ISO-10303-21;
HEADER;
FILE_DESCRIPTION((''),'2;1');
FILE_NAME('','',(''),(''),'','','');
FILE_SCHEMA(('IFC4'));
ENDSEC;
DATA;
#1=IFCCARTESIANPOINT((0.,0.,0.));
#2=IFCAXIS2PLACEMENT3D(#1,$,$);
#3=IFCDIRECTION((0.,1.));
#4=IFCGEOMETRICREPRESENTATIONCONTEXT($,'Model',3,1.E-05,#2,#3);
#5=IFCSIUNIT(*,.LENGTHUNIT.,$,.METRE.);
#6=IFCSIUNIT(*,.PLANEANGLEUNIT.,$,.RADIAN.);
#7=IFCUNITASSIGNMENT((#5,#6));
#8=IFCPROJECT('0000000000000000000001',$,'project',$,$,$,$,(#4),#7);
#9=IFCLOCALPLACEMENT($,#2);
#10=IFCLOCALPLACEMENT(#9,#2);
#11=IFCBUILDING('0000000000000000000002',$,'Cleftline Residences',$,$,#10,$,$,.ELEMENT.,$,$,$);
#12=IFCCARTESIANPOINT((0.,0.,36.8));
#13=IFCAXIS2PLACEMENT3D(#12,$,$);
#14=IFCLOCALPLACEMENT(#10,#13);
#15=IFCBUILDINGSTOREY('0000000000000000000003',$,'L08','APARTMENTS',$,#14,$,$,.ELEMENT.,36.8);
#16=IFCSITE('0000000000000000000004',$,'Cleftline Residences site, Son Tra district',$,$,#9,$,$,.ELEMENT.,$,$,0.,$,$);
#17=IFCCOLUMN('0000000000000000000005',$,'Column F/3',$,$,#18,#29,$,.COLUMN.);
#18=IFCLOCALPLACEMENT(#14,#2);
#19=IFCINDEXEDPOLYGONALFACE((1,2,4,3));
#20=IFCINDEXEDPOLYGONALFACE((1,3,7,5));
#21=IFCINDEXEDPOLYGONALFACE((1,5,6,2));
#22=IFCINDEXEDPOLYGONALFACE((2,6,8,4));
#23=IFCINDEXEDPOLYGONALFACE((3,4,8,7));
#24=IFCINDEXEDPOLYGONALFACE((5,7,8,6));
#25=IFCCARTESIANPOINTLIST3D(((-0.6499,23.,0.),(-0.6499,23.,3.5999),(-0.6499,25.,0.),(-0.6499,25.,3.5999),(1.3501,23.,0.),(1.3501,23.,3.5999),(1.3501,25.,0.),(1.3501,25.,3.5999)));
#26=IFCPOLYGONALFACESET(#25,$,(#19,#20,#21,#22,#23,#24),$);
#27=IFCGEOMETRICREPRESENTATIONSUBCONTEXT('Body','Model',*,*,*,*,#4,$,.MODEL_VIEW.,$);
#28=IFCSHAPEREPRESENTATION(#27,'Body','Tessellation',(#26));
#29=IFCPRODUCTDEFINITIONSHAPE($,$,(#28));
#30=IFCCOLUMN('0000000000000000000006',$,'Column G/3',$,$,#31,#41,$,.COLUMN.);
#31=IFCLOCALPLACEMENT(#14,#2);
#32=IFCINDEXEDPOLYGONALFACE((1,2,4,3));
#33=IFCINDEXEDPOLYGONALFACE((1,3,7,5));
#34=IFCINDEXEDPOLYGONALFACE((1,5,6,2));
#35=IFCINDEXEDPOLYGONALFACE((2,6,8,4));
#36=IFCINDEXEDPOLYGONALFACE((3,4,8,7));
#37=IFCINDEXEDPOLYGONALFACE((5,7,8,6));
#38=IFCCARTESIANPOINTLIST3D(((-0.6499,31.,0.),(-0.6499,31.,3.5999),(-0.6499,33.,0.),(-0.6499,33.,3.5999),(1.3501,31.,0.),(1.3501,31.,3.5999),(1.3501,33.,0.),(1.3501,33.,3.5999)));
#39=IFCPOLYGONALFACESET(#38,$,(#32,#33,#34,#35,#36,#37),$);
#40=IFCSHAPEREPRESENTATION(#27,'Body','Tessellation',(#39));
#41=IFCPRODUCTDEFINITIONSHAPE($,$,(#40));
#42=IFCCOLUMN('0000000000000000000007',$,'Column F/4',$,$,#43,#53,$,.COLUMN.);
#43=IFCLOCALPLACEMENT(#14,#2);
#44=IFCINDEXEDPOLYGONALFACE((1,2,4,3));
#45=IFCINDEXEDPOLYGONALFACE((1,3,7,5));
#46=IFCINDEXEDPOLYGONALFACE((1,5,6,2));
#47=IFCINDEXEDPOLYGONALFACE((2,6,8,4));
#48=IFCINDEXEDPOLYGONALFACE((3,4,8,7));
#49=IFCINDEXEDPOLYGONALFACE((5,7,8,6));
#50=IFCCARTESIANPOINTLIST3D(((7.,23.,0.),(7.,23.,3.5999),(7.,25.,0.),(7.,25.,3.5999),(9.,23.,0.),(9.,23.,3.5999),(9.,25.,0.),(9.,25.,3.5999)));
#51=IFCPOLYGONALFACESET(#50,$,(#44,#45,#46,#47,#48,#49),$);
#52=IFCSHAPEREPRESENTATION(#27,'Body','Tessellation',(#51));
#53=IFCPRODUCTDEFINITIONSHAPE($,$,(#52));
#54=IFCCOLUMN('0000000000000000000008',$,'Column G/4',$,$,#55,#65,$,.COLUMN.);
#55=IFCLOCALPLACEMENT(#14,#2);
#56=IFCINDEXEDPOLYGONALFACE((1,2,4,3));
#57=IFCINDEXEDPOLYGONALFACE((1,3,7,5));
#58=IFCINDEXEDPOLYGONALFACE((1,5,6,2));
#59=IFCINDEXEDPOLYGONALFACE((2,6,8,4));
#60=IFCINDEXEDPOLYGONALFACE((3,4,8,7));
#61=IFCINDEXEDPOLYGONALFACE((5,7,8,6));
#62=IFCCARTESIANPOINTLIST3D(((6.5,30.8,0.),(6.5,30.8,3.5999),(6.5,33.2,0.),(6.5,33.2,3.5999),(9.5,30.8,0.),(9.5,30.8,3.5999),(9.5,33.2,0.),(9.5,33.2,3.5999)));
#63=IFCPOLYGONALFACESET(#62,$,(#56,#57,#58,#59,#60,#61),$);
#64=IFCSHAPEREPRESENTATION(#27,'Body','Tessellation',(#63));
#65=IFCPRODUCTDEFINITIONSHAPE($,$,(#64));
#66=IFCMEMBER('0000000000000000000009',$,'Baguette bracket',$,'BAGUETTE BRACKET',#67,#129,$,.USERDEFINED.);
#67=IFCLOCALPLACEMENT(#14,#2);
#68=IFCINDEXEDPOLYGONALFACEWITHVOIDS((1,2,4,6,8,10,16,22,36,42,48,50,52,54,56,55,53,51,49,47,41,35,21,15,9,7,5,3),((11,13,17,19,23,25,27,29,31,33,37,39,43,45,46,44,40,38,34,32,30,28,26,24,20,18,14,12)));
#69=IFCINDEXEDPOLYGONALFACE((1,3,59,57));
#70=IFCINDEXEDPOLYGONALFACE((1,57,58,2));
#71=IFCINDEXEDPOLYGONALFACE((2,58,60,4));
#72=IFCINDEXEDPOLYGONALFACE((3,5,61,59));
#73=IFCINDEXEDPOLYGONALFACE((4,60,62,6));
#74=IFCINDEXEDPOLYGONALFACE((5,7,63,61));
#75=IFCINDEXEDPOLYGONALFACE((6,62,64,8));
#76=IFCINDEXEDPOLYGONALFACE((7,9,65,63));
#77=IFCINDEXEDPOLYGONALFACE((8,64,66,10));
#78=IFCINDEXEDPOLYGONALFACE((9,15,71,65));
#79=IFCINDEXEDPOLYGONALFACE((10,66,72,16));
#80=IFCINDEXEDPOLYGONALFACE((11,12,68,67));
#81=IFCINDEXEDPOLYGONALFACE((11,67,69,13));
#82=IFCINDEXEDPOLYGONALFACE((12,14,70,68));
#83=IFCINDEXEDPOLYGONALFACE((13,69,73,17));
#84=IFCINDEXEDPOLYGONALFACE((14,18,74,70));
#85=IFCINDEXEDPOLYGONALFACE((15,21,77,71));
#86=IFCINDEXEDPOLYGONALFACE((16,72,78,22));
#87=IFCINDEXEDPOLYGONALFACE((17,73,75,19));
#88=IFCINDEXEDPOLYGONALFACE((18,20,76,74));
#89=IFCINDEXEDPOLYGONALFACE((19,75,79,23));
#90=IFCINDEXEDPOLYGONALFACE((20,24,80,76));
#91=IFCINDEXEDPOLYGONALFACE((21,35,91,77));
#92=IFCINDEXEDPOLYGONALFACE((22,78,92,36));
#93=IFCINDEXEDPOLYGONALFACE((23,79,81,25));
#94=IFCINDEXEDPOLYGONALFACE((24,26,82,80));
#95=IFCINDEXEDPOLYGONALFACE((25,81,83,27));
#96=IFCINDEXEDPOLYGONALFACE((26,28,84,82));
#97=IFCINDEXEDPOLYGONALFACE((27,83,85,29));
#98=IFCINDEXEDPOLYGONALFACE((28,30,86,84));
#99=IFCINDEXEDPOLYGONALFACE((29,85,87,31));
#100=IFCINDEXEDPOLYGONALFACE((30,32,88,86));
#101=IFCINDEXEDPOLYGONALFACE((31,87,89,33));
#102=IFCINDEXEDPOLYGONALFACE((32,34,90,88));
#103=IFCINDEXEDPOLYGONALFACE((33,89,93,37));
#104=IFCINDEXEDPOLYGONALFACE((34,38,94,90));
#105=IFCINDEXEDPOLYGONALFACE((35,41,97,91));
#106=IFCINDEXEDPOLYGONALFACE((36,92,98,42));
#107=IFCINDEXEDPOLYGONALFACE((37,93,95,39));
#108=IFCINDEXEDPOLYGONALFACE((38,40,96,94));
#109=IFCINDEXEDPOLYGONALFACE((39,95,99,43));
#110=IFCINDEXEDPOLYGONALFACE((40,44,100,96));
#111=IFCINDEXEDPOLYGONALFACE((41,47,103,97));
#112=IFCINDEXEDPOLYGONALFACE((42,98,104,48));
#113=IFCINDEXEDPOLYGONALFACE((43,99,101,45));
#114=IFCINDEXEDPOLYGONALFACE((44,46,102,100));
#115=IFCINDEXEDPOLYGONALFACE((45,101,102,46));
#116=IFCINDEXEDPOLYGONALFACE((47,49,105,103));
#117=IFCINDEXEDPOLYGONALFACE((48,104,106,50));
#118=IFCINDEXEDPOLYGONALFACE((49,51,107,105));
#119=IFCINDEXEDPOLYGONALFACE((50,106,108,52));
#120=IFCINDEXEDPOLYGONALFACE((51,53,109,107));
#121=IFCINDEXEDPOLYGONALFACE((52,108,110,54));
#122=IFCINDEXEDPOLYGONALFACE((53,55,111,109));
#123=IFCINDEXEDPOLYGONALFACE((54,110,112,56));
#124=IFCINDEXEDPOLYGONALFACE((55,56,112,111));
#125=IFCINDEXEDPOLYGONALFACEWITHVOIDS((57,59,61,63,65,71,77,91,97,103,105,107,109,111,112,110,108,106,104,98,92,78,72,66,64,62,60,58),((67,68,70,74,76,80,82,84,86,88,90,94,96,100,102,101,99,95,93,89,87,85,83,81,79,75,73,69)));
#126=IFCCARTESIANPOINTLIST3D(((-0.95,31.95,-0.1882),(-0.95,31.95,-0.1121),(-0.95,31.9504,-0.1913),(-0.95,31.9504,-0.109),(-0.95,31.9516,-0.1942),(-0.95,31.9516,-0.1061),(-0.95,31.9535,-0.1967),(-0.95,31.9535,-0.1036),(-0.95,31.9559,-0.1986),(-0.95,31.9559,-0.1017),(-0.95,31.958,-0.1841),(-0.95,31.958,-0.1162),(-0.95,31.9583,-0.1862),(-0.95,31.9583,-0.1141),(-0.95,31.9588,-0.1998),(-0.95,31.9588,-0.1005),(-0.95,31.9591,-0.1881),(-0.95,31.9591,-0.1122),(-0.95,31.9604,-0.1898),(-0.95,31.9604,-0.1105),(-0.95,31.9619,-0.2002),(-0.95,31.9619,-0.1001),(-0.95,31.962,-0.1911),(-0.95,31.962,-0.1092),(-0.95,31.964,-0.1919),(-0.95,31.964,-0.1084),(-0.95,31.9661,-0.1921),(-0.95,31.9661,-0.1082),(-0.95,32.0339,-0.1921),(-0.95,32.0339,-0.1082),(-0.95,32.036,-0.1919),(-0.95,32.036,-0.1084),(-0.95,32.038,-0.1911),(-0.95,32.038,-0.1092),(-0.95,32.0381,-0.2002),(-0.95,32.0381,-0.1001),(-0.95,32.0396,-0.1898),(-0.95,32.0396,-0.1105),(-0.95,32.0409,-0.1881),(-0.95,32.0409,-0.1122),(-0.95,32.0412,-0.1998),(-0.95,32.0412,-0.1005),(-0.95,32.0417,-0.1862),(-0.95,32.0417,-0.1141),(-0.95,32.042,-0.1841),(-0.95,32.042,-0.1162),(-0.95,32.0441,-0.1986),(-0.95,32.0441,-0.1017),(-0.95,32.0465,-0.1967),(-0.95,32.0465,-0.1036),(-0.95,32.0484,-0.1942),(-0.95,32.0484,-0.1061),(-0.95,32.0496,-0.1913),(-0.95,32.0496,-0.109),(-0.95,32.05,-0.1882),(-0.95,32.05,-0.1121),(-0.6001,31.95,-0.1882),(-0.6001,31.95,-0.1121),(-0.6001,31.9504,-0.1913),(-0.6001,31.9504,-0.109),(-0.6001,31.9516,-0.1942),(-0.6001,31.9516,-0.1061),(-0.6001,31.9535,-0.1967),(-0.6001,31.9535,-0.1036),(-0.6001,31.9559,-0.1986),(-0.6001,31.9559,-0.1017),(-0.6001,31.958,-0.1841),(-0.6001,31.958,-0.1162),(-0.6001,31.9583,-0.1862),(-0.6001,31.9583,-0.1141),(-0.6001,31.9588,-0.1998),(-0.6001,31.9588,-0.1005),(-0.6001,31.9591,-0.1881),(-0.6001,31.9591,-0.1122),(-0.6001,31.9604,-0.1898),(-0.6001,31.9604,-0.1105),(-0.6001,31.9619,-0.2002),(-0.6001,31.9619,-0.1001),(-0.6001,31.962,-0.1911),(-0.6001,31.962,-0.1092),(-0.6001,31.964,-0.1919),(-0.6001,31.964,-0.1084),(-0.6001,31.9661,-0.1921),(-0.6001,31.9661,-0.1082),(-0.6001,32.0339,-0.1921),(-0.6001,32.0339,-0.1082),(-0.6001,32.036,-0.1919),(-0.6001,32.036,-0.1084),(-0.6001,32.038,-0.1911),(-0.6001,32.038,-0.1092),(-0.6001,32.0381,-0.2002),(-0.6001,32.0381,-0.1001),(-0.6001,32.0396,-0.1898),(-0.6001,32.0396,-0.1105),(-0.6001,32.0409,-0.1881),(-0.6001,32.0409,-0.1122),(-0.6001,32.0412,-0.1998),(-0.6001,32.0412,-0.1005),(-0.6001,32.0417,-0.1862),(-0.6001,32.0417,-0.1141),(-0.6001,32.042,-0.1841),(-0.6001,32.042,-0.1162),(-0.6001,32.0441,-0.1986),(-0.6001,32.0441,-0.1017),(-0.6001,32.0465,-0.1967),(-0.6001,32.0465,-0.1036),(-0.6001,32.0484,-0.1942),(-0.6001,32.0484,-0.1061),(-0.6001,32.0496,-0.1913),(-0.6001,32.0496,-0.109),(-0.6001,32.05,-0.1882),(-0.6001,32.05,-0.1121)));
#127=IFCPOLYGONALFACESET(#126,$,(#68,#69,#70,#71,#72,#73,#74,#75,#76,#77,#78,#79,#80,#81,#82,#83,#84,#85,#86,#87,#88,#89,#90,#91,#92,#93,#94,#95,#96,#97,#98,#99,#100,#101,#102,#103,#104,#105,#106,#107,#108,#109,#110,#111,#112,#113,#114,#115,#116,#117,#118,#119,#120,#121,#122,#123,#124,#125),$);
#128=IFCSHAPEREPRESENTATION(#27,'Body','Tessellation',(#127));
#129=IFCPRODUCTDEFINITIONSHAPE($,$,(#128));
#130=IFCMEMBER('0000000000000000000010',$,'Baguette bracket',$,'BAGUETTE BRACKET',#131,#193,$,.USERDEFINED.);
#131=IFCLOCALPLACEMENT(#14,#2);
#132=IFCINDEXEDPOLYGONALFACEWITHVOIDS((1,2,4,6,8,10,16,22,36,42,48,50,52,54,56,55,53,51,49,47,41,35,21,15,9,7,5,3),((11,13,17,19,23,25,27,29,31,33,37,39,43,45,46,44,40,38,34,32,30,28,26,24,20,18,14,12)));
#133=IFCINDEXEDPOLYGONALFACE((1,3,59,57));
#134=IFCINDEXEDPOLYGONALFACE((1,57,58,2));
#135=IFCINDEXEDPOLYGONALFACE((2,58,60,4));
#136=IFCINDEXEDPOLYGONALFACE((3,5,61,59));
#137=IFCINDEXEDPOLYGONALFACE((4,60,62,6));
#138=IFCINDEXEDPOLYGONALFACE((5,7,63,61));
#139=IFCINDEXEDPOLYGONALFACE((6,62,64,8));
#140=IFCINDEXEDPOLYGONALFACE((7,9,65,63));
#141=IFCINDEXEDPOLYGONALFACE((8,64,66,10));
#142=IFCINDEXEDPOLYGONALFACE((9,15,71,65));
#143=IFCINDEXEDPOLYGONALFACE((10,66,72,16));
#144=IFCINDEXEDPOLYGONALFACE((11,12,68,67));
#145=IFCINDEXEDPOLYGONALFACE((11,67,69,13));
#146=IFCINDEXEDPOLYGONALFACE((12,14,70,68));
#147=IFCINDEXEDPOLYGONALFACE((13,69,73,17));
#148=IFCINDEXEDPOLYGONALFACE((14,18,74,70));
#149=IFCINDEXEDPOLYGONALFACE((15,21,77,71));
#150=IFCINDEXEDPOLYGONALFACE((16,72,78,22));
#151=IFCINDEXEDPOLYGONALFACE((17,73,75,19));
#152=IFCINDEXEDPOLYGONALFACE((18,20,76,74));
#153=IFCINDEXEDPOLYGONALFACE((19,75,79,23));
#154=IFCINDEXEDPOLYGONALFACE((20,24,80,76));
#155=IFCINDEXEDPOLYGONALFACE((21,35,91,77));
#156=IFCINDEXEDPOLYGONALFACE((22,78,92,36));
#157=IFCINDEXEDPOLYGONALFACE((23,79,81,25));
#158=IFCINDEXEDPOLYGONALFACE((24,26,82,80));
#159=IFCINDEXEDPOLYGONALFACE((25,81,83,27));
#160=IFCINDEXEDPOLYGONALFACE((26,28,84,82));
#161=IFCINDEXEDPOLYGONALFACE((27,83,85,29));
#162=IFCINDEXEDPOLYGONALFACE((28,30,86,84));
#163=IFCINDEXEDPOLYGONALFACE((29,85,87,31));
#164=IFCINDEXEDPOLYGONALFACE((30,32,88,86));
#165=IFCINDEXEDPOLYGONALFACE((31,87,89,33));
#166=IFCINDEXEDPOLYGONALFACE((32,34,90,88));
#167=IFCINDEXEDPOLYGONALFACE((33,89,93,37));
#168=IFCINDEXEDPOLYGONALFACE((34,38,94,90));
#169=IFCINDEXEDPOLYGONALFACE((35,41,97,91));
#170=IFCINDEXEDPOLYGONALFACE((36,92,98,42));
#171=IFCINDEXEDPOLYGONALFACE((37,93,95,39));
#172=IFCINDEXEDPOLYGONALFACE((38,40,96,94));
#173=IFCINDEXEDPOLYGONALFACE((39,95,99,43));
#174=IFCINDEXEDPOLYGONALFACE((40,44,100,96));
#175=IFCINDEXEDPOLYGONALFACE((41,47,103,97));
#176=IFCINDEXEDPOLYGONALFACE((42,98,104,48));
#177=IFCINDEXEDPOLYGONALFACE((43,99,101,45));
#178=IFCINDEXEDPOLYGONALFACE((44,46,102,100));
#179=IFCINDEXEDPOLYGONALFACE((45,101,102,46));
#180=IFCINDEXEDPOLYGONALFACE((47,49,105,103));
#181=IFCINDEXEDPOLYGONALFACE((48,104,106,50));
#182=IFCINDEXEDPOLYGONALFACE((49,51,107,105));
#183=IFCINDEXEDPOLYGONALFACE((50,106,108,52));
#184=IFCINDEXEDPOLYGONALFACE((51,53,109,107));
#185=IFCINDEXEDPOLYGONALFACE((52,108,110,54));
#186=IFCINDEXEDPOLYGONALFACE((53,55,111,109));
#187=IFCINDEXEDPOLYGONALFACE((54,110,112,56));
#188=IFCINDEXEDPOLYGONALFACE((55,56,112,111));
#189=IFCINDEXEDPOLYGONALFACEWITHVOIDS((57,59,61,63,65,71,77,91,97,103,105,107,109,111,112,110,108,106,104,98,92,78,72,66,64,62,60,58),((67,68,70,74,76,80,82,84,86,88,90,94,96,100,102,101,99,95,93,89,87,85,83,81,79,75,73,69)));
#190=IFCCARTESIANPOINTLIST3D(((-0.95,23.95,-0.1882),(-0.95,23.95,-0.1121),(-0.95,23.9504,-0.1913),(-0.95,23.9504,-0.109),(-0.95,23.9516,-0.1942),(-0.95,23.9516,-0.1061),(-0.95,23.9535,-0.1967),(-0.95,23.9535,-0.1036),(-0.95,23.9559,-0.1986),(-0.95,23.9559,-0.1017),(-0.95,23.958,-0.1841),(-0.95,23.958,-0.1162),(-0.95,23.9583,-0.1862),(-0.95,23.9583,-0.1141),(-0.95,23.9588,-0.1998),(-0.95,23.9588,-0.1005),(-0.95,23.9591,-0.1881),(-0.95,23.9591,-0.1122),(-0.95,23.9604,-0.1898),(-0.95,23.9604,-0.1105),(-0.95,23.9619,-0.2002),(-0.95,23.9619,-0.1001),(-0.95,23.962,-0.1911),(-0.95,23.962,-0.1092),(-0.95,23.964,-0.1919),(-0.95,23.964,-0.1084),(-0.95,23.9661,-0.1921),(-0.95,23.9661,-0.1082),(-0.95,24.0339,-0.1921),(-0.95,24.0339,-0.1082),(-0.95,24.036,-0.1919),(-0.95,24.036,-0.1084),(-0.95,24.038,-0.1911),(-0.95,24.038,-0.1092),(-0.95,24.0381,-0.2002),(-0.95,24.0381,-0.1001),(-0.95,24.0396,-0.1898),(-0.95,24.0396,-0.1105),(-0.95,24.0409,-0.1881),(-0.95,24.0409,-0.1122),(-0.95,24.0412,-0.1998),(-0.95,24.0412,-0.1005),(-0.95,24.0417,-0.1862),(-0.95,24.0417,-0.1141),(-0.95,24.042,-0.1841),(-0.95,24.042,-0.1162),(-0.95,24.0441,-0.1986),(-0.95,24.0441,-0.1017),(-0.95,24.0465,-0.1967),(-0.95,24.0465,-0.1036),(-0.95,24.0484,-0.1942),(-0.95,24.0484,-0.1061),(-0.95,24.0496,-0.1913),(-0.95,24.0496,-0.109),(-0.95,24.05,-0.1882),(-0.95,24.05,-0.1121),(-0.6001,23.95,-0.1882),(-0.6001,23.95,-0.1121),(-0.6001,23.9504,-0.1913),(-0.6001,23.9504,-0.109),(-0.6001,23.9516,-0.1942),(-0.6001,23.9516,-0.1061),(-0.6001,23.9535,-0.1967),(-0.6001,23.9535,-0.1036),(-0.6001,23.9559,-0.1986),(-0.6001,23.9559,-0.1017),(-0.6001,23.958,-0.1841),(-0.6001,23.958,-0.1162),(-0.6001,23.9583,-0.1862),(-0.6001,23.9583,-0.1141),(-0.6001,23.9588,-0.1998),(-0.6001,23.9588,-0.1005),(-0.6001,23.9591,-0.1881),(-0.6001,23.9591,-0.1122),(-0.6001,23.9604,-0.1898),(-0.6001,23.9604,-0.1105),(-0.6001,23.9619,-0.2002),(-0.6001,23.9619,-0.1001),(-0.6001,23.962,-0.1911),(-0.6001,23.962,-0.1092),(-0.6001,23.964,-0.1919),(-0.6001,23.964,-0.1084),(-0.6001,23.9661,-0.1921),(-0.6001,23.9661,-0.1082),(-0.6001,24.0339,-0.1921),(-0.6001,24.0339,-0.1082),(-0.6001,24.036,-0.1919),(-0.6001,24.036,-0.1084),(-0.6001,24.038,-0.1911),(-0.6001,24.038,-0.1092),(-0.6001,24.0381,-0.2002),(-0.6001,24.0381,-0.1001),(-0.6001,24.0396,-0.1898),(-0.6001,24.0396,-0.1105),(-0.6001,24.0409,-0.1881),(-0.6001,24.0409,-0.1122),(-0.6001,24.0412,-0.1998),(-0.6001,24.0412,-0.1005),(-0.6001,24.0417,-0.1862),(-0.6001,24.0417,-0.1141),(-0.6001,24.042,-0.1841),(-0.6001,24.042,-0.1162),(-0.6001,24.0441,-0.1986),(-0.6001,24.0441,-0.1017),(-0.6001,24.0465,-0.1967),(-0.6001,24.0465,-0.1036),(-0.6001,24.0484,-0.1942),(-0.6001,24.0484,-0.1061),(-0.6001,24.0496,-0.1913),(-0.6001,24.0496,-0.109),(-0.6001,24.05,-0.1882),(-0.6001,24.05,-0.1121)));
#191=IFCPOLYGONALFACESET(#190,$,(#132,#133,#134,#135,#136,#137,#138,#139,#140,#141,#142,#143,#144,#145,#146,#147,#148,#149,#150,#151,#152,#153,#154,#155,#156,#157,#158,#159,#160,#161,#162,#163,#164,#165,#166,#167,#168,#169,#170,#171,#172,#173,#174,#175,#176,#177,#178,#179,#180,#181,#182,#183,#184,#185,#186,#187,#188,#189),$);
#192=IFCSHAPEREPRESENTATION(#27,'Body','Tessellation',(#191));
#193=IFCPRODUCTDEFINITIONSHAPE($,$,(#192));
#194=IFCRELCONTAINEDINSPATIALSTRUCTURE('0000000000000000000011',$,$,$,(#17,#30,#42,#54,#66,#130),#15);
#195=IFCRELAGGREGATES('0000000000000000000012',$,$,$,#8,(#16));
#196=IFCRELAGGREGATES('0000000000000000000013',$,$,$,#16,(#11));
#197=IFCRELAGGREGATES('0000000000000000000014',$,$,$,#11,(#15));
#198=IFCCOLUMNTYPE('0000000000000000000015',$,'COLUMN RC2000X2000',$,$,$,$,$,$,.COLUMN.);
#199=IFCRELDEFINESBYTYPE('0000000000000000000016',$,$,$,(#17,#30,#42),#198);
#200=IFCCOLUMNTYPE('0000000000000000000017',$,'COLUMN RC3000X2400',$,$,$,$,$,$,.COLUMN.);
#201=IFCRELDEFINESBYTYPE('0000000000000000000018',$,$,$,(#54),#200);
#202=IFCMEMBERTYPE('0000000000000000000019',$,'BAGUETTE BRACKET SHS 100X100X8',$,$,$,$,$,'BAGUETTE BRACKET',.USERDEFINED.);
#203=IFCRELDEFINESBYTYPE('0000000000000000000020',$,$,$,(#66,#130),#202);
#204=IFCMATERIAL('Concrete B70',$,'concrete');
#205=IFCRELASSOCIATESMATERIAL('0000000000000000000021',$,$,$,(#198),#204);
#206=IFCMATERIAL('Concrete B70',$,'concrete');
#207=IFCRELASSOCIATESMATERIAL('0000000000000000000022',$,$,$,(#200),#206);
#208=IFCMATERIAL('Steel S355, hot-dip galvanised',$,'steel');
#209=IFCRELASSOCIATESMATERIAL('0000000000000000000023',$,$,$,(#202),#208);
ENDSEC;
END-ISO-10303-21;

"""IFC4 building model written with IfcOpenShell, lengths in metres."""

from ifc_helpers import new_model, si_unit, direction, frame, origin, origin_2d, place, context, subcontext, project, spatial, rectangle, hollow_rectangle, extrude, material, material_profile, profile_set, type_object, element, save


model = new_model("IFC4")

# Units and contexts
model_context = context("Model", 3, precision=1e-05, world=origin(), true_north=direction((0.0, 1.0)))
body_context = subcontext(model_context, "Body", "Model", "MODEL_VIEW")
ifc_project = project(units=[si_unit("LENGTHUNIT", "METRE"), si_unit("PLANEANGLEUNIT", "RADIAN")], contexts=[model_context])

# Site, building, storey
site_placement = place(None, origin())
site = spatial("IfcSite", under=ifc_project, at=site_placement, Name="Cleftline Residences site, Son Tra district", CompositionType="ELEMENT", RefElevation=0.0)
building_placement = place(site_placement, origin())
building = spatial("IfcBuilding", under=site, at=building_placement, Name="Cleftline Residences", CompositionType="ELEMENT")
storey_placement = place(building_placement, frame((0.0, 0.0, 36.8)))
storey = spatial("IfcBuildingStorey", under=building, at=storey_placement, Name="L08", Description="APARTMENTS", CompositionType="ELEMENT", Elevation=36.8)

# Columns
ifc_material_1 = material(Name="Concrete B70", Category="concrete")
ifc_material_profile_1 = material_profile(ifc_material_1, rectangle(XDim=2.0, YDim=2.0, at=origin_2d()))
ifc_profile_set_1 = profile_set([ifc_material_profile_1], Name="Concrete B70")
column_type_1 = type_object("IfcColumnType", Name="COLUMN RC2000X2000", PredefinedType="COLUMN", material=ifc_profile_set_1)
for number, where, z_axis, x_axis, name in (
    (1, (0.3501, 24.0, 0.0), (0.0, 0.0, 1.0), (1.0, 0.0, 0.0), "Column F/3"),
    (2, (0.3501, 32.0, 0.0), (0.0, 0.0, 1.0), (1.0, 0.0, 0.0), "Column G/3"),
    (3, (8.0, 24.0, 0.0), (0.0, 0.0, 1.0), (1.0, 0.0, 0.0), "Column F/4"),
):
    element("IfcColumn", number, at=place(storey_placement, frame(where, z_axis=z_axis, x_axis=x_axis)), inside=storey, type_object=column_type_1, Name=name, PredefinedType="COLUMN", context=body_context, shape_type="SweptSolid", body=[
        extrude(rectangle(XDim=2.0, YDim=2.0, at=origin_2d()), origin(), (0.0, 0.0, 1.0), 3.5999),
    ])
ifc_material_2 = material(Name="Concrete B70", Category="concrete")
ifc_material_profile_2 = material_profile(ifc_material_2, rectangle(XDim=3.0, YDim=2.3999, at=origin_2d()))
ifc_profile_set_2 = profile_set([ifc_material_profile_2], Name="Concrete B70")
column_type_2 = type_object("IfcColumnType", Name="COLUMN RC3000X2400", PredefinedType="COLUMN", material=ifc_profile_set_2)
column_placement = place(storey_placement, frame((8.0, 32.0, 0.0), z_axis=(0.0, 0.0, 1.0), x_axis=(1.0, 0.0, 0.0)))
element("IfcColumn", 4, at=column_placement, inside=storey, type_object=column_type_2, Name="Column G/4", PredefinedType="COLUMN", context=body_context, shape_type="SweptSolid", body=[
    extrude(rectangle(XDim=3.0, YDim=2.3999, at=origin_2d()), origin(), (0.0, 0.0, 1.0), 3.5999),
])

# Members
ifc_material_3 = material(Name="Steel S355, hot-dip galvanised", Category="steel")
ifc_material_profile_3 = material_profile(ifc_material_3, hollow_rectangle(XDim=0.1001, YDim=0.1001, WallThickness=0.0081, InnerFilletRadius=0.0081, OuterFilletRadius=0.012, at=origin_2d()))
ifc_profile_set_3 = profile_set([ifc_material_profile_3], Name="Steel S355, hot-dip galvanised")
member_type_1 = type_object("IfcMemberType", Name="BAGUETTE BRACKET SHS 100X100X8", ElementType="BAGUETTE BRACKET", PredefinedType="USERDEFINED", material=ifc_profile_set_3)
for number, where, z_axis, x_axis, name in (
    (5, (-0.6001, 32.0, -0.1501), (-1.0, 0.0, 0.0), (0.0, -1.0, 0.0), "Baguette bracket"),
    (6, (-0.6001, 24.0, -0.1501), (-1.0, 0.0, 0.0), (0.0, -1.0, 0.0), "Baguette bracket"),
):
    element("IfcMember", number, at=place(storey_placement, frame(where, z_axis=z_axis, x_axis=x_axis)), inside=storey, type_object=member_type_1, Name=name, ObjectType="BAGUETTE BRACKET", PredefinedType="USERDEFINED", context=body_context, shape_type="SweptSolid", body=[
        extrude(hollow_rectangle(XDim=0.1001, YDim=0.1001, WallThickness=0.0081, InnerFilletRadius=0.0081, OuterFilletRadius=0.012, at=origin_2d()), origin(), (0.0, 0.0, 1.0), 0.3499),
    ])

save(model, "model.ifc")
